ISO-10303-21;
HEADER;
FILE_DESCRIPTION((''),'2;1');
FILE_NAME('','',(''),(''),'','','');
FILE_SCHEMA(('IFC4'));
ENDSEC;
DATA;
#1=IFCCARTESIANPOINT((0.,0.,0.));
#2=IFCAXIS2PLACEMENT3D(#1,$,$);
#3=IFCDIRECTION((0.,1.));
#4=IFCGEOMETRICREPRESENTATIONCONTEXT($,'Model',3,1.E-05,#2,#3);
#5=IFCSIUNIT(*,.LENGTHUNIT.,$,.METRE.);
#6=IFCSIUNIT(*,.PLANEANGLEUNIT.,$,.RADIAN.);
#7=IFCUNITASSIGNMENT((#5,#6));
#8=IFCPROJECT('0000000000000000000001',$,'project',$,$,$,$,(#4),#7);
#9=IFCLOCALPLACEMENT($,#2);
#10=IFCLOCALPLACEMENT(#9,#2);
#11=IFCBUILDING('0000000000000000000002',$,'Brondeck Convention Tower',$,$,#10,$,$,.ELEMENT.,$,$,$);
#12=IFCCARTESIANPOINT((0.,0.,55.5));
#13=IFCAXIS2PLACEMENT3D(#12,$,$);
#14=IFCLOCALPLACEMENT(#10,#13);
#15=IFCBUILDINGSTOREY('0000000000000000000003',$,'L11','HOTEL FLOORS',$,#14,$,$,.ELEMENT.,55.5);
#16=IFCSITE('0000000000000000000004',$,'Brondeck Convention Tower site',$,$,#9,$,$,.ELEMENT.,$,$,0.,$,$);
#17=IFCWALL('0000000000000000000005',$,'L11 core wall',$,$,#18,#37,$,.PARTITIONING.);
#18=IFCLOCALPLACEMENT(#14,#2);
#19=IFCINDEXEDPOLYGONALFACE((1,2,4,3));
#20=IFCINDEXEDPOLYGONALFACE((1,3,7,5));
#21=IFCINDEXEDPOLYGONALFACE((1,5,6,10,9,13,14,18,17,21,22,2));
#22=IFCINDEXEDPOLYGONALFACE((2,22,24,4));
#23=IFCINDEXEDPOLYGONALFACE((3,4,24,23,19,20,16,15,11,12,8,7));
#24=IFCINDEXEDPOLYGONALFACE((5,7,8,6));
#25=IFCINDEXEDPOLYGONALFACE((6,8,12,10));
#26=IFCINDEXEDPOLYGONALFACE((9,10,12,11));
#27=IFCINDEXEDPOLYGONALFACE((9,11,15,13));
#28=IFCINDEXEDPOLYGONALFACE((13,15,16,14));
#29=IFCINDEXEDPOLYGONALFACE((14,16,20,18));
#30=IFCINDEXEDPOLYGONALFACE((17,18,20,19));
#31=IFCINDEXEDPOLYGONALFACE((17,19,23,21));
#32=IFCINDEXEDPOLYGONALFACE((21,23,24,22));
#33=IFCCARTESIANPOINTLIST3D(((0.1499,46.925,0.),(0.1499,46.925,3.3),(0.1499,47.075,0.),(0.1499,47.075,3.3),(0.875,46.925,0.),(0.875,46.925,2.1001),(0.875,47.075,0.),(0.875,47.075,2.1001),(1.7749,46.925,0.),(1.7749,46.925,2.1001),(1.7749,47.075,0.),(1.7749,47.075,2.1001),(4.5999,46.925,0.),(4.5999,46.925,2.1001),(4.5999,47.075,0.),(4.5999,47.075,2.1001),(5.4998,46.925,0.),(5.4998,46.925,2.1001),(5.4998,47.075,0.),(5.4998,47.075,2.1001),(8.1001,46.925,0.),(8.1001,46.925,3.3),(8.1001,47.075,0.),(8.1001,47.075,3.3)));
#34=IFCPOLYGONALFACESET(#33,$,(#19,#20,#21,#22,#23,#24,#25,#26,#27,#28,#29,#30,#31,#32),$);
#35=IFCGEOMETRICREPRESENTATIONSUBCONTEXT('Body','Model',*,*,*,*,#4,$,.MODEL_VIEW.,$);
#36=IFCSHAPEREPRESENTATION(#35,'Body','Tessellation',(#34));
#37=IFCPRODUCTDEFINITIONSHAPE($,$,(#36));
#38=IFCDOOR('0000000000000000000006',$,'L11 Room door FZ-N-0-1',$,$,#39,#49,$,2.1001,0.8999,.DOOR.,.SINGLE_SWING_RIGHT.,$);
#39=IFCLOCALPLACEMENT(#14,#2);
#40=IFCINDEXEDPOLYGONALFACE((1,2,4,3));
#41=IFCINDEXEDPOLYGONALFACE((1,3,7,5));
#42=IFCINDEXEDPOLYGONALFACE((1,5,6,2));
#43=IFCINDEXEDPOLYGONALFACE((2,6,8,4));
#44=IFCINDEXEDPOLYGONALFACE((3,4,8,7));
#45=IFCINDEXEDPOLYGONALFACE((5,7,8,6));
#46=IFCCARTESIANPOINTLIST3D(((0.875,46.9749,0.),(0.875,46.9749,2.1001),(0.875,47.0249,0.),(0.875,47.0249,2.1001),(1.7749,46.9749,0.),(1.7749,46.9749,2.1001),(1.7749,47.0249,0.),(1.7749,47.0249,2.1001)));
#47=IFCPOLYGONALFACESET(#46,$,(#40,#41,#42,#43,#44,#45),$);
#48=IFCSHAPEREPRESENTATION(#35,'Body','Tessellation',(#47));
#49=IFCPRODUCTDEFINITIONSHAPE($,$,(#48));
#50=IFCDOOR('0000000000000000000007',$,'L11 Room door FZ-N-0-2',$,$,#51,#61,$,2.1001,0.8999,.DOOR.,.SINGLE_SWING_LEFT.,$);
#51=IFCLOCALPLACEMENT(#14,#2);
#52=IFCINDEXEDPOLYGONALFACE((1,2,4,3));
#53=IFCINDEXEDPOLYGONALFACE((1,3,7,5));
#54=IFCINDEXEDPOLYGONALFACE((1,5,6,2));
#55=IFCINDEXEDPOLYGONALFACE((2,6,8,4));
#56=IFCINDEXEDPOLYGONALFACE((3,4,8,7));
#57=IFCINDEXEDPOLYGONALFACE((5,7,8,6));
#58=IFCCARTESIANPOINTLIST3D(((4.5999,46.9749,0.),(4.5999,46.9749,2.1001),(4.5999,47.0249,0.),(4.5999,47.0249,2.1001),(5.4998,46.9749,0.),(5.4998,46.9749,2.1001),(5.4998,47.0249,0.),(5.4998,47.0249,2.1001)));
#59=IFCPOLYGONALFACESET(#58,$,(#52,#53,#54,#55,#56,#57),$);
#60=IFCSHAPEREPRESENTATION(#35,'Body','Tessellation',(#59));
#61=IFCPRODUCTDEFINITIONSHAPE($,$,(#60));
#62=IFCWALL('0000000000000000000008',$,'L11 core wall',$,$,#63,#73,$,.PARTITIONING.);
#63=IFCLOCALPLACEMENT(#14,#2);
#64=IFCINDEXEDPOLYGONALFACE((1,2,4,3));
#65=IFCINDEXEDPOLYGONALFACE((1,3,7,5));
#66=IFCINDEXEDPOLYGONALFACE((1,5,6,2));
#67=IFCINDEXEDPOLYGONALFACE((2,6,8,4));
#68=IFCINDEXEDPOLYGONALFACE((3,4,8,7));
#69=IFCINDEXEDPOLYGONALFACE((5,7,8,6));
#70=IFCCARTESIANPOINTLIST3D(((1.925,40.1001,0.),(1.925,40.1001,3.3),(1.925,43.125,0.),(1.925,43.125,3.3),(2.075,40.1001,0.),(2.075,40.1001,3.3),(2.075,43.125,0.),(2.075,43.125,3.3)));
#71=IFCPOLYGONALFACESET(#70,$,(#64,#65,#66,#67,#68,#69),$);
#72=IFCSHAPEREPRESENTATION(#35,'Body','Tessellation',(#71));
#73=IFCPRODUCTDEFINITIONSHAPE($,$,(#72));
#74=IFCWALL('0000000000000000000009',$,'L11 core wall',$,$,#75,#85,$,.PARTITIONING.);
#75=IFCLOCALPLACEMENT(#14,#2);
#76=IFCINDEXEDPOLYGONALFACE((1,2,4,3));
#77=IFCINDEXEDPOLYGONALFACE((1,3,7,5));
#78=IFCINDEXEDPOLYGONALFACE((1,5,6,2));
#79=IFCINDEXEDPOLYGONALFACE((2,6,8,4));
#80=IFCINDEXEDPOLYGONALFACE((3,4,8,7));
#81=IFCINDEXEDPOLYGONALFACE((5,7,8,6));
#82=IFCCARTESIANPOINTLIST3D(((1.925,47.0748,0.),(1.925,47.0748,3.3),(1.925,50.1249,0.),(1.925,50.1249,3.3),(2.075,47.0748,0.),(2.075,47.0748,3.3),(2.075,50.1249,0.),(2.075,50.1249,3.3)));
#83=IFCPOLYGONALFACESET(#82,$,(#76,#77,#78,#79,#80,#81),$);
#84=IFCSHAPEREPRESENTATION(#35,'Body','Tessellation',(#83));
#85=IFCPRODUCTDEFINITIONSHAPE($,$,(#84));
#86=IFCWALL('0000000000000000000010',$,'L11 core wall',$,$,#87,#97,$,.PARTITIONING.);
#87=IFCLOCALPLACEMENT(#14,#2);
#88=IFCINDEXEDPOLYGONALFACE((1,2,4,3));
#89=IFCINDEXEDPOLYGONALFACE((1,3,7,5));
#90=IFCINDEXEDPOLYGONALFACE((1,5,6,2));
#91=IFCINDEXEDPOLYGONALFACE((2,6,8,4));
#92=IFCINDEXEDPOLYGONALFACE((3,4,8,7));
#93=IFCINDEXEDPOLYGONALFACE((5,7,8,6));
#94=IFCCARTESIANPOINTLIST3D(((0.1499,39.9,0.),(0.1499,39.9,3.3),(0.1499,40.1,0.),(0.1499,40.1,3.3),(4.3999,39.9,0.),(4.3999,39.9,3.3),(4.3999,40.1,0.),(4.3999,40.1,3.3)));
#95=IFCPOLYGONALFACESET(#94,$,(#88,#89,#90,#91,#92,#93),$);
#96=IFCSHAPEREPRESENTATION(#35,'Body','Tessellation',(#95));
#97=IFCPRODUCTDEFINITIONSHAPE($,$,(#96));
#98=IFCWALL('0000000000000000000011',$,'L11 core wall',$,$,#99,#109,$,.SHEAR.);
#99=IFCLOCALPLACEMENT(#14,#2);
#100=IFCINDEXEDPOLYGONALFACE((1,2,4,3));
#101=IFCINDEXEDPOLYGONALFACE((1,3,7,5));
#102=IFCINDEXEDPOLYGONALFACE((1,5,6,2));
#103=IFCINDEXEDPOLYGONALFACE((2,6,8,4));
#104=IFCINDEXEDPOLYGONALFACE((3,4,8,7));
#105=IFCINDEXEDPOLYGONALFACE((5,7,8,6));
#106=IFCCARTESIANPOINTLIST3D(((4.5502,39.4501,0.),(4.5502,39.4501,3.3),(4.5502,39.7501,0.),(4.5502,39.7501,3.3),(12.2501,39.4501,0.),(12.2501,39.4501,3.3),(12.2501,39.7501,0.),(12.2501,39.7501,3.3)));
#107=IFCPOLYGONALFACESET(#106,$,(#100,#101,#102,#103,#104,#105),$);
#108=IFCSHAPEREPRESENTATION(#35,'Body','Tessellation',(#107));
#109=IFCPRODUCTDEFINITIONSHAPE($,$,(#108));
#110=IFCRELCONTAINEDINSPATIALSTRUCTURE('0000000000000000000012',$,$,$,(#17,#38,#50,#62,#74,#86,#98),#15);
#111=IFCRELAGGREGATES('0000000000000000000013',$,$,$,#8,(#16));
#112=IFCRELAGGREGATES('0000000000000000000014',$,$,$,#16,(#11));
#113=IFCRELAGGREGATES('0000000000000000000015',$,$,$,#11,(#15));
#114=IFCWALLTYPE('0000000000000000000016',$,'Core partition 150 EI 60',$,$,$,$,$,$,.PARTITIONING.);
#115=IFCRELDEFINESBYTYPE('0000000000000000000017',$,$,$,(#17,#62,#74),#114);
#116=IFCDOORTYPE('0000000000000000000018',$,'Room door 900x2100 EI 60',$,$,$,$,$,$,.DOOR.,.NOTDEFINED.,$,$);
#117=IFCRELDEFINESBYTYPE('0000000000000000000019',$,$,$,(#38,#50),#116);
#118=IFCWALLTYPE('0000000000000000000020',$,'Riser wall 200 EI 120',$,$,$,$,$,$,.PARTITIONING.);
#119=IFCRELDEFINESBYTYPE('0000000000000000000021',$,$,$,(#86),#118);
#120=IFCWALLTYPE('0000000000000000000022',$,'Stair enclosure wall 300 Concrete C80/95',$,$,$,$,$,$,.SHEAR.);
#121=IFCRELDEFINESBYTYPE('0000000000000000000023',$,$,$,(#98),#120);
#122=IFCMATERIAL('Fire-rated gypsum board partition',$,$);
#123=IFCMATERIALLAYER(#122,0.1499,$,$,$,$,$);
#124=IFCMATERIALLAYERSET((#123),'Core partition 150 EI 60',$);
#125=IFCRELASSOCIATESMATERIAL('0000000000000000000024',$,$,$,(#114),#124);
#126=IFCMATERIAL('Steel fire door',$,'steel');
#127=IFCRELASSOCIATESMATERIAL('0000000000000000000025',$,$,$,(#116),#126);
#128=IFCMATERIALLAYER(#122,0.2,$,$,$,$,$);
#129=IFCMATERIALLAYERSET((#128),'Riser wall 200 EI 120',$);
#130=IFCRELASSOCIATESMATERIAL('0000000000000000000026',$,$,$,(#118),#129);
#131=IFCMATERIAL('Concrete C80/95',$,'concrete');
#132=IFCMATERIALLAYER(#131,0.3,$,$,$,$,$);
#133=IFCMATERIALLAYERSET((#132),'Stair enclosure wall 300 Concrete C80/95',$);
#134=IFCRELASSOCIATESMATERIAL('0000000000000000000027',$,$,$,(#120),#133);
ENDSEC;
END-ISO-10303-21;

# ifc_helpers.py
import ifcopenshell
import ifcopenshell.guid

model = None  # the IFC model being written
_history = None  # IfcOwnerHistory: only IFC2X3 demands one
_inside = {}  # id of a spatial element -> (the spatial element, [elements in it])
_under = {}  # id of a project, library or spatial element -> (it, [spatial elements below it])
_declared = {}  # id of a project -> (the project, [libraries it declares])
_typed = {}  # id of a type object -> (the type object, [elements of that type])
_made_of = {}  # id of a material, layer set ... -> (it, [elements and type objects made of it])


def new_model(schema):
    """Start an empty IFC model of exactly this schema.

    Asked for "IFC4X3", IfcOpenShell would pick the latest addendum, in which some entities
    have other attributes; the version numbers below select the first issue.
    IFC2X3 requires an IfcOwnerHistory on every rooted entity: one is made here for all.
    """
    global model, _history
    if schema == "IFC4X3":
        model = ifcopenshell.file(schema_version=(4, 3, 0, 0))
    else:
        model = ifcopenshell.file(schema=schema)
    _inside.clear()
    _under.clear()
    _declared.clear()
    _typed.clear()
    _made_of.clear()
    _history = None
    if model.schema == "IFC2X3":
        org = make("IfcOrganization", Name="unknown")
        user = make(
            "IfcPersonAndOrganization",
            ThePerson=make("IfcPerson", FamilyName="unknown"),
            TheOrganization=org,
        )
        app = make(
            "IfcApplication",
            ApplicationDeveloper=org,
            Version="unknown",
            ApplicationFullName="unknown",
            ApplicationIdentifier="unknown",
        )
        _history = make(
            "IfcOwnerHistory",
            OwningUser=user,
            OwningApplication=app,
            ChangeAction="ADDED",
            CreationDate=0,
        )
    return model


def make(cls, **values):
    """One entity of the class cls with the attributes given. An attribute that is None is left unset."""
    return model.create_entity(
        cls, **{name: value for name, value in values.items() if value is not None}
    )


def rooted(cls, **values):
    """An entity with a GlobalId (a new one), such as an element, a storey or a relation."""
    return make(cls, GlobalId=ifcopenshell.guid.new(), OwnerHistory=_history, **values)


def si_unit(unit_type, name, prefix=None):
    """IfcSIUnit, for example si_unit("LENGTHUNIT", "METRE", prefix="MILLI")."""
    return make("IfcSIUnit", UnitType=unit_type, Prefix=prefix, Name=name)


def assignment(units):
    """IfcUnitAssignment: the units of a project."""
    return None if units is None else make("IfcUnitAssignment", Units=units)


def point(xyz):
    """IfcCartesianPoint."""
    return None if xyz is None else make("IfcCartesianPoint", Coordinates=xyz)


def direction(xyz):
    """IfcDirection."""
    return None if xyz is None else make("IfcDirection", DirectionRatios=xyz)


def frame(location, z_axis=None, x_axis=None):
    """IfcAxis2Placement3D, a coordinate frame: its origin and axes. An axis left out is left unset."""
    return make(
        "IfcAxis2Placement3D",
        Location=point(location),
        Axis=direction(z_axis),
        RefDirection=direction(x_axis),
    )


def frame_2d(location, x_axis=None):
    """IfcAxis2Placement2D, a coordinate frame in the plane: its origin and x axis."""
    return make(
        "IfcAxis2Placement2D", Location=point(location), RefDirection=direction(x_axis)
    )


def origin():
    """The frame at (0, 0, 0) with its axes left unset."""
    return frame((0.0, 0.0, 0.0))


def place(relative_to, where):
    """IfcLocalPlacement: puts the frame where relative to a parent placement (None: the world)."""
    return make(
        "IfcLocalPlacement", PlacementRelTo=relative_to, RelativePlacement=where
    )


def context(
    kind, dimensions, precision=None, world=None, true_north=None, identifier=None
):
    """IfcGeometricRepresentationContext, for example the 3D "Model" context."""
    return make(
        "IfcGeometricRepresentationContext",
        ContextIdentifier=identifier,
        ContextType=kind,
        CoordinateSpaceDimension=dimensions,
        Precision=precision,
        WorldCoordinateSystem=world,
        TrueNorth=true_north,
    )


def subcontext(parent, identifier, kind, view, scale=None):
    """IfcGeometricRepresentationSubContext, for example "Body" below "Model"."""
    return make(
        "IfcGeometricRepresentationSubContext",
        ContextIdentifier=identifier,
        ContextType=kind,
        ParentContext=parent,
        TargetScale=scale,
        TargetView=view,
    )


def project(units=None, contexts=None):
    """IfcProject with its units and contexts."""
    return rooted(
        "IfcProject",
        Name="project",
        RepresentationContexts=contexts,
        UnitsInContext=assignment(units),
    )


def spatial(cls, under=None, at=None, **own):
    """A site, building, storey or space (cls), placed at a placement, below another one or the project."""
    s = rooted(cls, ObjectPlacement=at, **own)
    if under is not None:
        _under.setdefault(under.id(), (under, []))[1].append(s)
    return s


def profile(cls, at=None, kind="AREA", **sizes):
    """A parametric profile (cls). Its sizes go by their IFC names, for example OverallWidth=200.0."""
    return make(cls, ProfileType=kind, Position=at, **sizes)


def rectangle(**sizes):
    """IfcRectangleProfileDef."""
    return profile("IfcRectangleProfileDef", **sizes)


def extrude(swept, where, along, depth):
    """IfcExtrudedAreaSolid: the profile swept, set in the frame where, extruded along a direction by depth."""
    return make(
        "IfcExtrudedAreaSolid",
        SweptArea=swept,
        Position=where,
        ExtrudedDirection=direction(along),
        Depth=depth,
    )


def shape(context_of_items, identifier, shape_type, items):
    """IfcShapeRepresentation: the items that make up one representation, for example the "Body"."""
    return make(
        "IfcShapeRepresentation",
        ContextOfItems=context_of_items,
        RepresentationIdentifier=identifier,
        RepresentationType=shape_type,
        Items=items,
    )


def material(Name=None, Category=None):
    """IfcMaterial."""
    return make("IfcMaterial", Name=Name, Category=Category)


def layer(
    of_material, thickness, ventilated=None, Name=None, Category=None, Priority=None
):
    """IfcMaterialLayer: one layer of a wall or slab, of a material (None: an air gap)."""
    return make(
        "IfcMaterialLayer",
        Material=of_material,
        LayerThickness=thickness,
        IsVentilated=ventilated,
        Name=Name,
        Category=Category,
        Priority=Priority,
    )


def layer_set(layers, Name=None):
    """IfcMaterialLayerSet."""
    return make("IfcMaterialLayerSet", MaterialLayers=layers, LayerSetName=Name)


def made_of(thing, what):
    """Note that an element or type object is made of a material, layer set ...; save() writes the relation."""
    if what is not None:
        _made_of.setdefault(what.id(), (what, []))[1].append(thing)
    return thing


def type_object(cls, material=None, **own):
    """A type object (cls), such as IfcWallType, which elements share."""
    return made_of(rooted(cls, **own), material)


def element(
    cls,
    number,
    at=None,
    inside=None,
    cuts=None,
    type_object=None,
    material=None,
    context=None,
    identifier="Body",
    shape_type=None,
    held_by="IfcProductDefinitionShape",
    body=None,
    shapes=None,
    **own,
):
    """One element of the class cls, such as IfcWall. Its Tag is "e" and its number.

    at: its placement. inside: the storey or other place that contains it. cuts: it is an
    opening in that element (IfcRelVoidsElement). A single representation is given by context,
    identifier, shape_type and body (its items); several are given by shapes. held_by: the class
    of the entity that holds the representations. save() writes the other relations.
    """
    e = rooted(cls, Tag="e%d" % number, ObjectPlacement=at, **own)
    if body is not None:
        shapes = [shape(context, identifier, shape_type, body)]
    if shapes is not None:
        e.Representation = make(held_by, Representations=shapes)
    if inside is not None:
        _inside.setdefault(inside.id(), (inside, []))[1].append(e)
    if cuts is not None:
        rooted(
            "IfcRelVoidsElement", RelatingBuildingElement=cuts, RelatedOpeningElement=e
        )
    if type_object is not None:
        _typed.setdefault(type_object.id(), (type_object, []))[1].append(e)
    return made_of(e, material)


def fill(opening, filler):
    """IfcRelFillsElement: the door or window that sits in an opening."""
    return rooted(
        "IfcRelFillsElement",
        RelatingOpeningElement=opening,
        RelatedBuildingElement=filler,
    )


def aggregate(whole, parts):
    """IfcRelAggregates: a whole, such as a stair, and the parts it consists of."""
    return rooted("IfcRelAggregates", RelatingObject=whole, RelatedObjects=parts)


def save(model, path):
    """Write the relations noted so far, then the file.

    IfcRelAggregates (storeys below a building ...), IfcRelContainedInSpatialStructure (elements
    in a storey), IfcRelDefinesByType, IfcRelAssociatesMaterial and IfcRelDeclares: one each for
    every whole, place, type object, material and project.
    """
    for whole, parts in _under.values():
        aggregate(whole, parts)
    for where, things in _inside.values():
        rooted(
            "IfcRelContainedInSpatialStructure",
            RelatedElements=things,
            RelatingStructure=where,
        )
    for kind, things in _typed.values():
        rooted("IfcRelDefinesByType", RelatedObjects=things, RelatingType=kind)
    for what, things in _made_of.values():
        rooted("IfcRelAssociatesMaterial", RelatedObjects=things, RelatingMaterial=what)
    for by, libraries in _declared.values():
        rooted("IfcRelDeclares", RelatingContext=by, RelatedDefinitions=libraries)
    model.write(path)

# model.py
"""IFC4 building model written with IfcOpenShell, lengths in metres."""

from ifc_helpers import new_model, si_unit, direction, frame, frame_2d, origin, place, context, subcontext, project, spatial, rectangle, extrude, material, layer, layer_set, type_object, element, fill, save


model = new_model("IFC4")

# Units and contexts
model_context = context("Model", 3, precision=1e-05, world=origin(), true_north=direction((0.0, 1.0)))
body_context = subcontext(model_context, "Body", "Model", "MODEL_VIEW")
ifc_project = project(units=[si_unit("LENGTHUNIT", "METRE"), si_unit("PLANEANGLEUNIT", "RADIAN")], contexts=[model_context])

# Site, building, storey
site_placement = place(None, origin())
site = spatial("IfcSite", under=ifc_project, at=site_placement, Name="Brondeck Convention Tower site", CompositionType="ELEMENT", RefElevation=0.0)
building_placement = place(site_placement, origin())
building = spatial("IfcBuilding", under=site, at=building_placement, Name="Brondeck Convention Tower", CompositionType="ELEMENT")
storey_placement = place(building_placement, frame((0.0, 0.0, 55.5)))
storey = spatial("IfcBuildingStorey", under=building, at=storey_placement, Name="L11", Description="HOTEL FLOORS", CompositionType="ELEMENT", Elevation=55.5)

# Shared definitions
ifc_material_1 = material(Name="Concrete C80/95", Category="concrete")

# Shared definitions
ifc_material_2 = material(Name="Fire-rated gypsum board partition")
ifc_layer_1 = layer(ifc_material_2, 0.1499)
ifc_layer_set_1 = layer_set([ifc_layer_1], Name="Core partition 150 EI 60")
wall_type_1 = type_object("IfcWallType", Name="Core partition 150 EI 60", PredefinedType="PARTITIONING", material=ifc_layer_set_1)

# Wall, openings, doors
ifc_material_3 = material(Name="Steel fire door", Category="steel")
door_type = type_object("IfcDoorType", Name="Room door 900x2100 EI 60", OperationType="NOTDEFINED", PredefinedType="DOOR", material=ifc_material_3)
wall_1_placement = place(storey_placement, frame((0.1499, 47.0, 0.0), z_axis=(0.0, 0.0, 1.0), x_axis=(1.0, 0.0, 0.0)))
wall_1 = element("IfcWall", 1, at=wall_1_placement, inside=storey, type_object=wall_type_1, Name="L11 core wall", PredefinedType="PARTITIONING", context=body_context, shape_type="SweptSolid", body=[
    extrude(rectangle(XDim=7.9502, YDim=0.1499, at=frame_2d((3.9751, 0.0))), origin(), (0.0, 0.0, 1.0), 3.3),
])
opening_1_placement = place(wall_1_placement, frame((0.7251, 0.0, 0.0)))
opening_1 = element("IfcOpeningElement", 2, at=opening_1_placement, cuts=wall_1, PredefinedType="OPENING", context=body_context, shape_type="SweptSolid", body=[
    extrude(rectangle(XDim=0.8999, YDim=2.1001, at=frame_2d((0.45, 1.05))), frame((0.0, 0.085, 0.0), z_axis=(0.0, -1.0, 0.0), x_axis=(1.0, 0.0, 0.0)), (0.0, 0.0, 1.0), 0.1699),
])
opening_2_placement = place(wall_1_placement, frame((4.45, 0.0, 0.0)))
opening_2 = element("IfcOpeningElement", 3, at=opening_2_placement, cuts=wall_1, PredefinedType="OPENING", context=body_context, shape_type="SweptSolid", body=[
    extrude(rectangle(XDim=0.8999, YDim=2.1001, at=frame_2d((0.45, 1.05))), frame((0.0, 0.085, 0.0), z_axis=(0.0, -1.0, 0.0), x_axis=(1.0, 0.0, 0.0)), (0.0, 0.0, 1.0), 0.1699),
])
door_1_placement = place(opening_1_placement, origin())
door_1 = element("IfcDoor", 4, at=door_1_placement, inside=storey, type_object=door_type, Name="L11 Room door FZ-N-0-1", OperationType="SINGLE_SWING_RIGHT", OverallHeight=2.1001, OverallWidth=0.8999, PredefinedType="DOOR", context=body_context, shape_type="SweptSolid", body=[
    extrude(rectangle(XDim=0.8999, YDim=2.1001, at=frame_2d((0.45, 1.05))), frame((0.0, 0.0249, 0.0), z_axis=(0.0, -1.0, 0.0), x_axis=(1.0, 0.0, 0.0)), (0.0, 0.0, 1.0), 0.05),
])
fill(opening_1, door_1)
door_2_placement = place(opening_2_placement, origin())
door_2 = element("IfcDoor", 5, at=door_2_placement, inside=storey, type_object=door_type, Name="L11 Room door FZ-N-0-2", OperationType="SINGLE_SWING_LEFT", OverallHeight=2.1001, OverallWidth=0.8999, PredefinedType="DOOR", context=body_context, shape_type="SweptSolid", body=[
    extrude(rectangle(XDim=0.8999, YDim=2.1001, at=frame_2d((0.45, 1.05))), frame((0.0, 0.0249, 0.0), z_axis=(0.0, -1.0, 0.0), x_axis=(1.0, 0.0, 0.0)), (0.0, 0.0, 1.0), 0.05),
])
fill(opening_2, door_2)

# Walls
wall_2_placement = place(storey_placement, frame((2.0, 40.1001, 0.0), z_axis=(0.0, 0.0, 1.0), x_axis=(0.0, 1.0, 0.0)))
element("IfcWall", 6, at=wall_2_placement, inside=storey, type_object=wall_type_1, Name="L11 core wall", PredefinedType="PARTITIONING", context=body_context, shape_type="SweptSolid", body=[
    extrude(rectangle(XDim=3.0249, YDim=0.1499, at=frame_2d((1.5125, 0.0))), origin(), (0.0, 0.0, 1.0), 3.3),
])
wall_3_placement = place(storey_placement, frame((2.0, 47.075, 0.0), z_axis=(0.0, 0.0, 1.0), x_axis=(0.0, 1.0, 0.0)))
element("IfcWall", 7, at=wall_3_placement, inside=storey, type_object=wall_type_1, Name="L11 core wall", PredefinedType="PARTITIONING", context=body_context, shape_type="SweptSolid", body=[
    extrude(rectangle(XDim=3.05, YDim=0.1499, at=frame_2d((1.5249, 0.0))), origin(), (0.0, 0.0, 1.0), 3.3),
])
ifc_layer_2 = layer(ifc_material_2, 0.2)
ifc_layer_set_2 = layer_set([ifc_layer_2], Name="Riser wall 200 EI 120")
wall_type_2 = type_object("IfcWallType", Name="Riser wall 200 EI 120", PredefinedType="PARTITIONING", material=ifc_layer_set_2)
wall_4_placement = place(storey_placement, frame((0.1499, 40.0, 0.0), z_axis=(0.0, 0.0, 1.0), x_axis=(1.0, 0.0, 0.0)))
element("IfcWall", 8, at=wall_4_placement, inside=storey, type_object=wall_type_2, Name="L11 core wall", PredefinedType="PARTITIONING", context=body_context, shape_type="SweptSolid", body=[
    extrude(rectangle(XDim=4.25, YDim=0.2, at=frame_2d((2.125, 0.0))), origin(), (0.0, 0.0, 1.0), 3.3),
])
ifc_layer_3 = layer(ifc_material_1, 0.3)
ifc_layer_set_3 = layer_set([ifc_layer_3], Name="Stair enclosure wall 300 Concrete C80/95")
wall_type_3 = type_object("IfcWallType", Name="Stair enclosure wall 300 Concrete C80/95", PredefinedType="SHEAR", material=ifc_layer_set_3)
wall_5_placement = place(storey_placement, frame((4.55, 39.6001, 0.0), z_axis=(0.0, 0.0, 1.0), x_axis=(1.0, 0.0, 0.0)))
element("IfcWall", 9, at=wall_5_placement, inside=storey, type_object=wall_type_3, Name="L11 core wall", PredefinedType="SHEAR", context=body_context, shape_type="SweptSolid", body=[
    extrude(rectangle(XDim=7.7, YDim=0.3, at=frame_2d((3.8501, 0.0))), origin(), (0.0, 0.0, 1.0), 3.3),
])

save(model, "model.ifc")
